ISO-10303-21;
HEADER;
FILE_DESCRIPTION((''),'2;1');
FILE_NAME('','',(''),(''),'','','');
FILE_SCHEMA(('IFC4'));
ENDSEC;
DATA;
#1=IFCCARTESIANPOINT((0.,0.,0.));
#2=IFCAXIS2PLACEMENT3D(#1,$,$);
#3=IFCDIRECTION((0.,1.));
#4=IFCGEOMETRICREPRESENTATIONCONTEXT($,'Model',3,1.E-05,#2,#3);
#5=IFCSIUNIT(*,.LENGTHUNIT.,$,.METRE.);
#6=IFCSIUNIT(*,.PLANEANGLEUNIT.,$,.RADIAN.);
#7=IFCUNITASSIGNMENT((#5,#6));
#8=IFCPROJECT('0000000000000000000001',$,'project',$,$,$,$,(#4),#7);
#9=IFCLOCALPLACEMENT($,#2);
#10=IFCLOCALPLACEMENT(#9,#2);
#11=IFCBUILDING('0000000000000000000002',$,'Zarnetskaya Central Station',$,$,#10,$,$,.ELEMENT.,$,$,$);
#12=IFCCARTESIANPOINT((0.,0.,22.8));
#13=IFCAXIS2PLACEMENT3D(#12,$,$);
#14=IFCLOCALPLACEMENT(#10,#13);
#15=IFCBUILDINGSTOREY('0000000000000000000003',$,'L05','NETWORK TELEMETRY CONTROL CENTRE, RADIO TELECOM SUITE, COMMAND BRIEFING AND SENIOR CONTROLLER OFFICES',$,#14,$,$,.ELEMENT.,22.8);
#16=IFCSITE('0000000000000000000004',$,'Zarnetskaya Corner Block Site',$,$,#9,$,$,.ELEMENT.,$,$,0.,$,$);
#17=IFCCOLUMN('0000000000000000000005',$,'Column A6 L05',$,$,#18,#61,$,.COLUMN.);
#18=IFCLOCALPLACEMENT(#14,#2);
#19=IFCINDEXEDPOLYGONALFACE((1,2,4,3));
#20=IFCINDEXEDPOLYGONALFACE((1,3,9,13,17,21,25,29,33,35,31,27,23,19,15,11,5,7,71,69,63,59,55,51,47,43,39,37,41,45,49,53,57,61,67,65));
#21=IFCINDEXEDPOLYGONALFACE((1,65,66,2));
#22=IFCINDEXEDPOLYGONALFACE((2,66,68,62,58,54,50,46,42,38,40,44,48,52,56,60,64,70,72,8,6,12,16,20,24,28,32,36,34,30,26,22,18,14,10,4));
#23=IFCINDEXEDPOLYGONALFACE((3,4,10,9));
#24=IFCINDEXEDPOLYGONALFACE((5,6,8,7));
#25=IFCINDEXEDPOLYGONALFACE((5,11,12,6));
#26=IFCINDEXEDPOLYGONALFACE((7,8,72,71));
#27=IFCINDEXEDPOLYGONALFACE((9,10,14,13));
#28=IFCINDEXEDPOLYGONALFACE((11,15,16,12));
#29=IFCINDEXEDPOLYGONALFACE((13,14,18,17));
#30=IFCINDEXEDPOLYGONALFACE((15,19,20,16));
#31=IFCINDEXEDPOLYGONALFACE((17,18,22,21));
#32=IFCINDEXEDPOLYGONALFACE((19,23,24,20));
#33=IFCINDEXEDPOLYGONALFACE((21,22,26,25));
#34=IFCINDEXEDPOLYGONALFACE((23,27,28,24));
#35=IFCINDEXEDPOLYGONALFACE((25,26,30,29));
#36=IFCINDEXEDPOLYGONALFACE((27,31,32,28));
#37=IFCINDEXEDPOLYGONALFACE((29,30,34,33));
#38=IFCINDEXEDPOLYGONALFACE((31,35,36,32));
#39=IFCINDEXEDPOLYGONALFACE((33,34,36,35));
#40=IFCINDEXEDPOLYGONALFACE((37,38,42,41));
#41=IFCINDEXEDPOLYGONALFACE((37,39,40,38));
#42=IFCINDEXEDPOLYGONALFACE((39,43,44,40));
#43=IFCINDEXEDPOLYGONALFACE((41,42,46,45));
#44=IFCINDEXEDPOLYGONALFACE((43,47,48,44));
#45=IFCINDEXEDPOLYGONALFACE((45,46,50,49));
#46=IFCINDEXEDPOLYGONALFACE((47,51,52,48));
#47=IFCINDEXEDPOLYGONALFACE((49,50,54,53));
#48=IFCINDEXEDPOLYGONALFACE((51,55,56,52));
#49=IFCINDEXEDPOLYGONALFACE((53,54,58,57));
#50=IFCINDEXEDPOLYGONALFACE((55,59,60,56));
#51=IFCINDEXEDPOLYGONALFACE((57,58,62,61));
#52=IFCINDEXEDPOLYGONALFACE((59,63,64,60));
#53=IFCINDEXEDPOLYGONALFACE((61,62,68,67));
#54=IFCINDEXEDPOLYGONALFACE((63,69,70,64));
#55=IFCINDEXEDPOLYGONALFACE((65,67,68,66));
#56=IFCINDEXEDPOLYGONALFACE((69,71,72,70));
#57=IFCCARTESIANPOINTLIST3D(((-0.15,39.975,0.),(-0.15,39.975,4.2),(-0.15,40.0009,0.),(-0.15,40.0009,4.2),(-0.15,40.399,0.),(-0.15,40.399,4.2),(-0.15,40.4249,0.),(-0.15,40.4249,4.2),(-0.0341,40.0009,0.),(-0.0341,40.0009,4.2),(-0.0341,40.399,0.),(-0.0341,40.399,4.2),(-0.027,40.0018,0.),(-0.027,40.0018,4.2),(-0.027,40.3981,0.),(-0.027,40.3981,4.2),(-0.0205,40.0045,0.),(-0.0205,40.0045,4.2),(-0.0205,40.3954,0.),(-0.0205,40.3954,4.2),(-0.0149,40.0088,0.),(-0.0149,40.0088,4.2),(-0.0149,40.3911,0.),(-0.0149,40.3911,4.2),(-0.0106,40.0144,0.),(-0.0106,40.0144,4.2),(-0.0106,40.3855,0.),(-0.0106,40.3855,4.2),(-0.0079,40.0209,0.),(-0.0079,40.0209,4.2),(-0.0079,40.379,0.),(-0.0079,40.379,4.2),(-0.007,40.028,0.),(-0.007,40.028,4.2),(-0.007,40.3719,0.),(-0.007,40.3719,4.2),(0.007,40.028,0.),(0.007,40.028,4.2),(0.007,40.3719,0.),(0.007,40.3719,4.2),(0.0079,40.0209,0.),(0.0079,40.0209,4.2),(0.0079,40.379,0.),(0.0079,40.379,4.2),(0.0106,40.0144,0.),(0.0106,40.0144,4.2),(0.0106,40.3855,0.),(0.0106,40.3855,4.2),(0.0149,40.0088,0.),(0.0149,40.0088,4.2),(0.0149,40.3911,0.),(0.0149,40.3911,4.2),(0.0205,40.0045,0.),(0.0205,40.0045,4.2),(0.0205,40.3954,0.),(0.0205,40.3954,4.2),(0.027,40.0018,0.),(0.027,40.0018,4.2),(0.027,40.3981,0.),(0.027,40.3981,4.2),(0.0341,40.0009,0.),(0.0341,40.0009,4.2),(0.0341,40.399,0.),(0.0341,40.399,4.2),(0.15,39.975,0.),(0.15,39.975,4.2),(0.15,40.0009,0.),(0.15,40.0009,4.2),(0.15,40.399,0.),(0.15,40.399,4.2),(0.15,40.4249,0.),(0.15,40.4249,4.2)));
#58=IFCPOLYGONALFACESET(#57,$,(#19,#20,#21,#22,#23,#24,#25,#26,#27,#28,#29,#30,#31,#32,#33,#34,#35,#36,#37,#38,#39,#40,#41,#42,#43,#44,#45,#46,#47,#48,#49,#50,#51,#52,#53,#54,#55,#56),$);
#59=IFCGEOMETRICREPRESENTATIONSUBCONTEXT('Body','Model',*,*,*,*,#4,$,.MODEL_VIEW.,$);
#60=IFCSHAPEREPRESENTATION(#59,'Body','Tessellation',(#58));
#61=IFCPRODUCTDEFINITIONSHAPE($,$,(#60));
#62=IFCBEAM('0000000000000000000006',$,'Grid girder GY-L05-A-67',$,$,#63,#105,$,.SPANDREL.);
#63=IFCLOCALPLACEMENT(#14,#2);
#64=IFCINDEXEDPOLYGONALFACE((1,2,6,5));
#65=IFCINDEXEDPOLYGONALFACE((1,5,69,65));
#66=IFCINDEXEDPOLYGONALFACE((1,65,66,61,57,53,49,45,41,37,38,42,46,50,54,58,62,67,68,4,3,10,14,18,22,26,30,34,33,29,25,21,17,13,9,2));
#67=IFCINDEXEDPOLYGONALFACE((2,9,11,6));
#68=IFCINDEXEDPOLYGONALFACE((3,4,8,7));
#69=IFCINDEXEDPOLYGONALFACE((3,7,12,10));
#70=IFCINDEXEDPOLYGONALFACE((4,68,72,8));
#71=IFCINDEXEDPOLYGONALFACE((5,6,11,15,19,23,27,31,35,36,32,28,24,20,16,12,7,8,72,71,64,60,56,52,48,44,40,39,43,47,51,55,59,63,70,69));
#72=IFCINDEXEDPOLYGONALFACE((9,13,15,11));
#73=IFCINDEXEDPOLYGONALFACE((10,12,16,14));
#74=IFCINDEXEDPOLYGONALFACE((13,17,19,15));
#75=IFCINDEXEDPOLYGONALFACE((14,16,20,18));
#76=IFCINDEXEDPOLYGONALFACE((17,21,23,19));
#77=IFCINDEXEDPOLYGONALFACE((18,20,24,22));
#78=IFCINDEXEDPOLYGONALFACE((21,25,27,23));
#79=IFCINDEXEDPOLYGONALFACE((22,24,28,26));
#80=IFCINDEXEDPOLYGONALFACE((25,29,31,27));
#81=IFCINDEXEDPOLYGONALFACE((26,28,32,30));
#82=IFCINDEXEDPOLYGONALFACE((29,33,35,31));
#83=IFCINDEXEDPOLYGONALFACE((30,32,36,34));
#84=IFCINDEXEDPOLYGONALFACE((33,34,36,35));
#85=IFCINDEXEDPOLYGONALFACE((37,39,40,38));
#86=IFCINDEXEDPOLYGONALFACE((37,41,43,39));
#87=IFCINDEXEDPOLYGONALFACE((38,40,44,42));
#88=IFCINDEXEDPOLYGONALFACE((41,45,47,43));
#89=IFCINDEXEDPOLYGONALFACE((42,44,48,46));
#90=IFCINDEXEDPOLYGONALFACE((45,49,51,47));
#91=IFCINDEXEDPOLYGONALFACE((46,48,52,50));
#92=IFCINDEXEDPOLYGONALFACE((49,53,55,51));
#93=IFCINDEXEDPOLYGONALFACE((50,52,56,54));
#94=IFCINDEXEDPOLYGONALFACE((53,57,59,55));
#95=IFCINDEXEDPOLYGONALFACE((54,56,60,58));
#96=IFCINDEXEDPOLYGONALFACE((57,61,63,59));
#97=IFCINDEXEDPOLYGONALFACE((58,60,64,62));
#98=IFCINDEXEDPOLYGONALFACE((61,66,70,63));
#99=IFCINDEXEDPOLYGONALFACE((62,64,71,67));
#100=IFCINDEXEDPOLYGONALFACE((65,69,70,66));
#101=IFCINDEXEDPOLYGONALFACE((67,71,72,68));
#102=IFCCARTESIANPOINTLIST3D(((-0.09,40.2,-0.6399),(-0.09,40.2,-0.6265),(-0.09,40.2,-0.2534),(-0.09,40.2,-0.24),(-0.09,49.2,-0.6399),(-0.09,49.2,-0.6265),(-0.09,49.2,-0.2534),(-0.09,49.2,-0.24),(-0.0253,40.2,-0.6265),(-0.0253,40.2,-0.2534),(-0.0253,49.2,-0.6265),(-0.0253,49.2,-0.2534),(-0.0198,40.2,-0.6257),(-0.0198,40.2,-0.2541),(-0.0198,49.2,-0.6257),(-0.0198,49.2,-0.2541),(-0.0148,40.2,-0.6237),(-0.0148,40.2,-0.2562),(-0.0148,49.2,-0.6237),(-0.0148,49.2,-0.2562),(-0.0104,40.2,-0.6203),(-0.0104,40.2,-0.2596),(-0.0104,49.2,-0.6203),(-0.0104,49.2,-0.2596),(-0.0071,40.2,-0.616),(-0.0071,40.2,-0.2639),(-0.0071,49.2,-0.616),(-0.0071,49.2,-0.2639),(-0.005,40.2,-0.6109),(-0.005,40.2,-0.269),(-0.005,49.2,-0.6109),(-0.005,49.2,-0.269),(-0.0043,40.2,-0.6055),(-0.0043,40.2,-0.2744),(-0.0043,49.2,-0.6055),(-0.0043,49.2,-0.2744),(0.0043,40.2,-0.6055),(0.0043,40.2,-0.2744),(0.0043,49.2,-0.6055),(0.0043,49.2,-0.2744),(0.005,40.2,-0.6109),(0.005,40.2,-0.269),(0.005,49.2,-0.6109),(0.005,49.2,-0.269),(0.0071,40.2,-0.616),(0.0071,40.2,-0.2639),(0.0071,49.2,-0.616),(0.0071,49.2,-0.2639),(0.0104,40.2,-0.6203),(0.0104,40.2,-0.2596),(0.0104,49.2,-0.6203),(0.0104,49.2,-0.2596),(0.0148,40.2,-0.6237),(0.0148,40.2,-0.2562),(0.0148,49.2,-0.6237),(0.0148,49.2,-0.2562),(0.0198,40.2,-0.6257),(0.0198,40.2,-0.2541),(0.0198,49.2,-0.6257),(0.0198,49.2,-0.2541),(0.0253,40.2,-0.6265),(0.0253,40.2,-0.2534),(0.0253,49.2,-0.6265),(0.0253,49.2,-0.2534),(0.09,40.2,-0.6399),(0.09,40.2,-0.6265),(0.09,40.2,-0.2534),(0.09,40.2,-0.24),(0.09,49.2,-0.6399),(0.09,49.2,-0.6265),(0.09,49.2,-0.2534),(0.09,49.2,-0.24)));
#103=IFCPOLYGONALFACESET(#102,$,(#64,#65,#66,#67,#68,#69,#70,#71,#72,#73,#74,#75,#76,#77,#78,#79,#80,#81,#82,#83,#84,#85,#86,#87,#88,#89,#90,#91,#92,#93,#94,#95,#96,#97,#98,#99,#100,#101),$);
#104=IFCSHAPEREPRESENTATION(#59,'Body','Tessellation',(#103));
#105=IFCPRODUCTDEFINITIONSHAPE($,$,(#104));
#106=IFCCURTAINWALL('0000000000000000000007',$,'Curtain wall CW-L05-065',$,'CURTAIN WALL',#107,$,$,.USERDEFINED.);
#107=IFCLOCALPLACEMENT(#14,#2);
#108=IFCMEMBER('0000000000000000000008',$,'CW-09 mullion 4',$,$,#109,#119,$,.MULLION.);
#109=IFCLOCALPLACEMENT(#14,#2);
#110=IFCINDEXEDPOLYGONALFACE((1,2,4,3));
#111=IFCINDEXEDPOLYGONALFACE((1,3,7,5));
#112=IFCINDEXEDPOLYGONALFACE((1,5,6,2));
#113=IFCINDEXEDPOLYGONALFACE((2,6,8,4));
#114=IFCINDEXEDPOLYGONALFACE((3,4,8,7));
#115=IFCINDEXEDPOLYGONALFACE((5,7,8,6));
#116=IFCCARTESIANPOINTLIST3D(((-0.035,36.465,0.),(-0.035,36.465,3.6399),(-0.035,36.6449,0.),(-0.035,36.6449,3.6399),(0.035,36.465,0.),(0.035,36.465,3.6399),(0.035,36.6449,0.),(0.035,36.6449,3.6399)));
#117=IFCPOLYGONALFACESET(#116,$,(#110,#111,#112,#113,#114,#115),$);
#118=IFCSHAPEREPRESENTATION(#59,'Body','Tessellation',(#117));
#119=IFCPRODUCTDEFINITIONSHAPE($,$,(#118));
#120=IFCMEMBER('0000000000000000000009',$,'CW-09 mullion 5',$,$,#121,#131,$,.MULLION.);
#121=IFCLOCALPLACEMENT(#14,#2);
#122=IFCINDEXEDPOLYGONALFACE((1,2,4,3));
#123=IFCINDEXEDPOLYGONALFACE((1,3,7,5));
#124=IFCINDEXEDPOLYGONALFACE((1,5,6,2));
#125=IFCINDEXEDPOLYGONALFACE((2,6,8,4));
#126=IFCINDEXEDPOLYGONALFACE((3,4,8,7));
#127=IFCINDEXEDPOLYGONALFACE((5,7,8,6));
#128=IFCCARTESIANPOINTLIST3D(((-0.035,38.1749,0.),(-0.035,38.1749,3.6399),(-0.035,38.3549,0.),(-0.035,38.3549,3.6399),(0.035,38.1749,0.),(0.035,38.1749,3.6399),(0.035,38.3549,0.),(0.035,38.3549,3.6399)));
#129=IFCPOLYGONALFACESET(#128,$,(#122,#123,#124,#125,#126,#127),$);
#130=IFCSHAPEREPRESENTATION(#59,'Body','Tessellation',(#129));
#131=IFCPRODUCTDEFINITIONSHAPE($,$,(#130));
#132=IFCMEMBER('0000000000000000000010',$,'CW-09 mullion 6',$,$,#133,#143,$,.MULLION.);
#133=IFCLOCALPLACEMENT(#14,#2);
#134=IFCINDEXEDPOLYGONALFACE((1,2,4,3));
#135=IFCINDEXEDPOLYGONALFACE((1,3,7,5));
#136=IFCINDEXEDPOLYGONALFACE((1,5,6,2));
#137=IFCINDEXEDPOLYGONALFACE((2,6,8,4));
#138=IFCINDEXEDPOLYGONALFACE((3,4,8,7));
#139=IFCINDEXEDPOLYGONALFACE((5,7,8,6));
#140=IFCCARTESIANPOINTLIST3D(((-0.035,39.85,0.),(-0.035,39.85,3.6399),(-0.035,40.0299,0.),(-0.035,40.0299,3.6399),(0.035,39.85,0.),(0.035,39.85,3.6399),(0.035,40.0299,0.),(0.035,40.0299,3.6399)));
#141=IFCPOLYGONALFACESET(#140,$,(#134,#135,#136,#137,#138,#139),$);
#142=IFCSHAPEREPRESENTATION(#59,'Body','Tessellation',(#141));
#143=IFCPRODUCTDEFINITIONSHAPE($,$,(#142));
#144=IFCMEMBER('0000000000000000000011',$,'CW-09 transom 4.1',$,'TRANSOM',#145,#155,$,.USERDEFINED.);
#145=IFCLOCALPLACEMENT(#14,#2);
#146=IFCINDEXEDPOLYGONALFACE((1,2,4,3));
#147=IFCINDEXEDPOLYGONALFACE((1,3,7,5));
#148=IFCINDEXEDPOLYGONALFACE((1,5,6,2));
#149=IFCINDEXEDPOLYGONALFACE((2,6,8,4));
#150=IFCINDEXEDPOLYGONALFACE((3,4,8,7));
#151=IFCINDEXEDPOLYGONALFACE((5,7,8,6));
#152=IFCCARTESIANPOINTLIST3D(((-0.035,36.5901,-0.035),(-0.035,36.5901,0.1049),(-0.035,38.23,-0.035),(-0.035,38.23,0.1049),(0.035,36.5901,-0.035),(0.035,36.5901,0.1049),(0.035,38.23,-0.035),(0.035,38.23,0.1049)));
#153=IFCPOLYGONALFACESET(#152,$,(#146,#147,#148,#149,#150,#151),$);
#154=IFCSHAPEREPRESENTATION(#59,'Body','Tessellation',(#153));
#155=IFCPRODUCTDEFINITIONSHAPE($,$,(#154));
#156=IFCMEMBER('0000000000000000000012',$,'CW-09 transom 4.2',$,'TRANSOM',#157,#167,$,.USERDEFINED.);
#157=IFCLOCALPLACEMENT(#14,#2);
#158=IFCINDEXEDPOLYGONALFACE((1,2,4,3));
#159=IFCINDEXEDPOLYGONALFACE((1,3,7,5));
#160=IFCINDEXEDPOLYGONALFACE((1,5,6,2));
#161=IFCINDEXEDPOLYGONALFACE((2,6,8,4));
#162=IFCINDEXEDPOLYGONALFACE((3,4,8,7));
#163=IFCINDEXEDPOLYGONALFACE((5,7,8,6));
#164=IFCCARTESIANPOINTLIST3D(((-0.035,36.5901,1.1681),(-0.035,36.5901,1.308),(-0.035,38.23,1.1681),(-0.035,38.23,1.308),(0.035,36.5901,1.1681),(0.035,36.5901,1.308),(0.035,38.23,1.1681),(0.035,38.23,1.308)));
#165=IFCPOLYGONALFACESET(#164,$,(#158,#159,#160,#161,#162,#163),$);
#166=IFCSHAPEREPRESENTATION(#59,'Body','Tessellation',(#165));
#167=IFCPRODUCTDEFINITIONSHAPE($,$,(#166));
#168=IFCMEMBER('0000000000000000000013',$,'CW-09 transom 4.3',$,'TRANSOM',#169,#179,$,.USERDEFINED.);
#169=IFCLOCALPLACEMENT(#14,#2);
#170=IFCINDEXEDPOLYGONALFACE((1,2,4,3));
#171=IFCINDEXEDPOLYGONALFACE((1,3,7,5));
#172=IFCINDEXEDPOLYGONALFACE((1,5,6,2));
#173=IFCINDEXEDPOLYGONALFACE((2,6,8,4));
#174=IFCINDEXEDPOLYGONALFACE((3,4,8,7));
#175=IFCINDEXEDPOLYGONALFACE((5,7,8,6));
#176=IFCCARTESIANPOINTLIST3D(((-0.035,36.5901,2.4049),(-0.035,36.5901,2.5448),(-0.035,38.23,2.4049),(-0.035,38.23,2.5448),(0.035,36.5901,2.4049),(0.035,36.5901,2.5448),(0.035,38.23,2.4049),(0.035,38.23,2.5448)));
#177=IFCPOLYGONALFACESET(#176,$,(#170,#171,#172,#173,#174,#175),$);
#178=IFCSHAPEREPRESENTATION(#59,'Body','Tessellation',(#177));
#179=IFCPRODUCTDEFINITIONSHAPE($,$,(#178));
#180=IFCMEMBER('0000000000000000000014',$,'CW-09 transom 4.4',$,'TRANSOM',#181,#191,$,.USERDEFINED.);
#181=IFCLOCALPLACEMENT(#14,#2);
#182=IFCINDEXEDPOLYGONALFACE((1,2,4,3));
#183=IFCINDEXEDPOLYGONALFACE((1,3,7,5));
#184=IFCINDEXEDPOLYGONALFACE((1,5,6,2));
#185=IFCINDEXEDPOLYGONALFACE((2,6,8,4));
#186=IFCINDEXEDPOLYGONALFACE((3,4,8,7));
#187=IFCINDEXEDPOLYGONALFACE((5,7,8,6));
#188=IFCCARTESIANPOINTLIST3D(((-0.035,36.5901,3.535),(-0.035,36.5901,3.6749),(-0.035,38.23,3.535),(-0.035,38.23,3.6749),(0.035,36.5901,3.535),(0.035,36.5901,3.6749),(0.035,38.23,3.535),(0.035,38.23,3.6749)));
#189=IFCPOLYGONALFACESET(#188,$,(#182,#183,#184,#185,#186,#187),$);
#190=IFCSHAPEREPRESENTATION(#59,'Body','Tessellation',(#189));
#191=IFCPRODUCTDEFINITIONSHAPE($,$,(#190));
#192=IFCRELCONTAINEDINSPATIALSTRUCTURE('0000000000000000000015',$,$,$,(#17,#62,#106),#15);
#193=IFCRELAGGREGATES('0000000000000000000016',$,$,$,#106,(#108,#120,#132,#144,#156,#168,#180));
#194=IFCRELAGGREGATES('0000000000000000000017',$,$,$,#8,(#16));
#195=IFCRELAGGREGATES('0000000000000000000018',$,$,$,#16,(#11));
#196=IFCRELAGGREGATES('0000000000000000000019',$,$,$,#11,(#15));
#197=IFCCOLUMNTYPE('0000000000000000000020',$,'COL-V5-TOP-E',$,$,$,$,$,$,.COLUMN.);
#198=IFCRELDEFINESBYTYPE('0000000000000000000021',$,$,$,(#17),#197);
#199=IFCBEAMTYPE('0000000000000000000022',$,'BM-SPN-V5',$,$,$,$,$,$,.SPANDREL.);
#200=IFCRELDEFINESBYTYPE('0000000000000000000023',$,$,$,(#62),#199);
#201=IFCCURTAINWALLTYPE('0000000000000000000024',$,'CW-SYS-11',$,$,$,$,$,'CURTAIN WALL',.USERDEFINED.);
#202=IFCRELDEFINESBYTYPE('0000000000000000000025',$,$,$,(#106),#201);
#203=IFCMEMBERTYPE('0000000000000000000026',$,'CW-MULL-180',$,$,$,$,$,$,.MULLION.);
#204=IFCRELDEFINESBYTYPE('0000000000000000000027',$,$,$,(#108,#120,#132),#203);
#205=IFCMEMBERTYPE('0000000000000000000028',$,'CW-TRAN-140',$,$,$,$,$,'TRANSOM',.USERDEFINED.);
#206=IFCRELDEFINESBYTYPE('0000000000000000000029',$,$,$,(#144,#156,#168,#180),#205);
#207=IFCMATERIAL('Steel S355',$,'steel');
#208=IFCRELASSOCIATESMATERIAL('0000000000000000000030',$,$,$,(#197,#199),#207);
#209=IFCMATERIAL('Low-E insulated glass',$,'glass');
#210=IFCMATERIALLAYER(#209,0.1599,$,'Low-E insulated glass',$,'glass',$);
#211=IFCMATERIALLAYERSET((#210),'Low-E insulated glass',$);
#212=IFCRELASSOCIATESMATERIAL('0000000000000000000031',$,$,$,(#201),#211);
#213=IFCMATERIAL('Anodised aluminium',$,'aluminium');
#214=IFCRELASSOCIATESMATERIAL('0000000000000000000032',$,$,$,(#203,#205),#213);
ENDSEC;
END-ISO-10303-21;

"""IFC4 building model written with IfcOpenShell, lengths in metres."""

from ifc_helpers import new_model, si_unit, direction, frame, origin, origin_2d, place, context, subcontext, project, spatial, rectangle, i_section, extrude, material, layer, layer_set, material_profile, profile_set, type_object, element, aggregate, save


model = new_model("IFC4")

# Units and contexts
model_context = context("Model", 3, precision=1e-05, world=origin(), true_north=direction((0.0, 1.0)))
body_context = subcontext(model_context, "Body", "Model", "MODEL_VIEW")
ifc_project = project(units=[si_unit("LENGTHUNIT", "METRE"), si_unit("PLANEANGLEUNIT", "RADIAN")], contexts=[model_context])

# Site, building, storey
site_placement = place(None, origin())
site = spatial("IfcSite", under=ifc_project, at=site_placement, Name="Zarnetskaya Corner Block Site", CompositionType="ELEMENT", RefElevation=0.0)
building_placement = place(site_placement, origin())
building = spatial("IfcBuilding", under=site, at=building_placement, Name="Zarnetskaya Central Station", CompositionType="ELEMENT")
storey_placement = place(building_placement, frame((0.0, 0.0, 22.8)))
storey = spatial("IfcBuildingStorey", under=building, at=storey_placement, Name="L05", Description="NETWORK TELEMETRY CONTROL CENTRE, RADIO TELECOM SUITE, COMMAND BRIEFING AND SENIOR CONTROLLER OFFICES", CompositionType="ELEMENT", Elevation=22.8)

# Column
ifc_material_1 = material(Name="Steel S355", Category="steel")
ifc_material_profile_1 = material_profile(ifc_material_1, i_section(OverallWidth=0.3, OverallDepth=0.45, WebThickness=0.0139, FlangeThickness=0.0259, FilletRadius=0.0271, at=origin_2d()), Name="HEB 450")
ifc_profile_set_1 = profile_set([ifc_material_profile_1], Name="Steel S355")
column_type = type_object("IfcColumnType", Name="COL-V5-TOP-E", PredefinedType="COLUMN", material=ifc_profile_set_1)
column_placement = place(storey_placement, frame((0.0, 40.2, 0.0), z_axis=(0.0, 0.0, 1.0), x_axis=(1.0, 0.0, 0.0)))
element("IfcColumn", 1, at=column_placement, inside=storey, type_object=column_type, Name="Column A6 L05", PredefinedType="COLUMN", context=body_context, shape_type="SweptSolid", body=[
    extrude(i_section(OverallWidth=0.3, OverallDepth=0.45, WebThickness=0.0139, FlangeThickness=0.0259, FilletRadius=0.0271, at=origin_2d()), origin(), (0.0, 0.0, 1.0), 4.2),
])

# Beam
ifc_material_profile_2 = material_profile(ifc_material_1, i_section(OverallWidth=0.1799, OverallDepth=0.3999, WebThickness=0.0085, FlangeThickness=0.0134, FilletRadius=0.021, at=origin_2d()), Name="IPE 400")
ifc_profile_set_2 = profile_set([ifc_material_profile_2], Name="Steel S355")
beam_type_1 = type_object("IfcBeamType", Name="BM-SPN-V5", PredefinedType="SPANDREL", material=ifc_profile_set_2)
beam_1_placement = place(storey_placement, frame((0.0, 40.2, -0.4399), z_axis=(0.0, 1.0, 0.0), x_axis=(-1.0, 0.0, 0.0)))
element("IfcBeam", 2, at=beam_1_placement, inside=storey, type_object=beam_type_1, Name="Grid girder GY-L05-A-67", PredefinedType="SPANDREL", context=body_context, shape_type="SweptSolid", body=[
    extrude(i_section(OverallWidth=0.1799, OverallDepth=0.3999, WebThickness=0.0085, FlangeThickness=0.0134, FilletRadius=0.021, at=origin_2d()), origin(), (0.0, 0.0, 1.0), 9.0),
])

# Curtain wall, members
ifc_material_2 = material(Name="Low-E insulated glass", Category="glass")
ifc_layer_1 = layer(ifc_material_2, 0.1599, Name="Low-E insulated glass", Category="glass")
ifc_layer_set_1 = layer_set([ifc_layer_1], Name="Low-E insulated glass")
curtain_wall_type = type_object("IfcCurtainWallType", Name="CW-SYS-11", ElementType="CURTAIN WALL", PredefinedType="USERDEFINED", material=ifc_layer_set_1)
curtain_wall_placement = place(storey_placement, origin())
curtain_wall = element("IfcCurtainWall", 3, at=curtain_wall_placement, inside=storey, type_object=curtain_wall_type, Name="Curtain wall CW-L05-065", ObjectType="CURTAIN WALL", PredefinedType="USERDEFINED")
ifc_material_3 = material(Name="Anodised aluminium", Category="aluminium")
ifc_material_profile_3 = material_profile(ifc_material_3, rectangle(XDim=0.0701, YDim=0.1799, at=origin_2d()), Name="ALU MULL 70x180")
ifc_profile_set_3 = profile_set([ifc_material_profile_3], Name="Anodised aluminium")
member_type_1 = type_object("IfcMemberType", Name="CW-MULL-180", PredefinedType="MULLION", material=ifc_profile_set_3)
member_1_placement = place(storey_placement, frame((0.0, 36.5549, 0.0), z_axis=(0.0, 0.0, 1.0), x_axis=(-1.0, 0.0, 0.0)))
member_1 = element("IfcMember", 4, at=member_1_placement, type_object=member_type_1, Name="CW-09 mullion 4", PredefinedType="MULLION", context=body_context, shape_type="SweptSolid", body=[
    extrude(rectangle(XDim=0.0701, YDim=0.1799, at=origin_2d()), origin(), (0.0, 0.0, 1.0), 3.6399),
])
member_2_placement = place(storey_placement, frame((0.0, 38.2649, 0.0), z_axis=(0.0, 0.0, 1.0), x_axis=(-1.0, 0.0, 0.0)))
member_2 = element("IfcMember", 5, at=member_2_placement, type_object=member_type_1, Name="CW-09 mullion 5", PredefinedType="MULLION", context=body_context, shape_type="SweptSolid", body=[
    extrude(rectangle(XDim=0.0701, YDim=0.1799, at=origin_2d()), origin(), (0.0, 0.0, 1.0), 3.6399),
])
member_3_placement = place(storey_placement, frame((0.0, 39.9399, 0.0), z_axis=(0.0, 0.0, 1.0), x_axis=(-1.0, 0.0, 0.0)))
member_3 = element("IfcMember", 6, at=member_3_placement, type_object=member_type_1, Name="CW-09 mullion 6", PredefinedType="MULLION", context=body_context, shape_type="SweptSolid", body=[
    extrude(rectangle(XDim=0.0701, YDim=0.1799, at=origin_2d()), origin(), (0.0, 0.0, 1.0), 3.6399),
])
ifc_material_profile_4 = material_profile(ifc_material_3, rectangle(XDim=0.0701, YDim=0.1399, at=origin_2d()), Name="ALU TRAN 70x140")
ifc_profile_set_4 = profile_set([ifc_material_profile_4], Name="Anodised aluminium")
member_type_2 = type_object("IfcMemberType", Name="CW-TRAN-140", ElementType="TRANSOM", PredefinedType="USERDEFINED", material=ifc_profile_set_4)
member_4_placement = place(storey_placement, frame((0.0, 36.5901, 0.0349), z_axis=(0.0, 1.0, 0.0), x_axis=(-1.0, 0.0, 0.0)))
member_4 = element("IfcMember", 7, at=member_4_placement, type_object=member_type_2, Name="CW-09 transom 4.1", ObjectType="TRANSOM", PredefinedType="USERDEFINED", context=body_context, shape_type="SweptSolid", body=[
    extrude(rectangle(XDim=0.0701, YDim=0.1399, at=origin_2d()), origin(), (0.0, 0.0, 1.0), 1.6399),
])
member_5_placement = place(storey_placement, frame((0.0, 36.5901, 1.238), z_axis=(0.0, 1.0, 0.0), x_axis=(-1.0, 0.0, 0.0)))
member_5 = element("IfcMember", 8, at=member_5_placement, type_object=member_type_2, Name="CW-09 transom 4.2", ObjectType="TRANSOM", PredefinedType="USERDEFINED", context=body_context, shape_type="SweptSolid", body=[
    extrude(rectangle(XDim=0.0701, YDim=0.1399, at=origin_2d()), origin(), (0.0, 0.0, 1.0), 1.6399),
])
member_6_placement = place(storey_placement, frame((0.0, 36.5901, 2.4749), z_axis=(0.0, 1.0, 0.0), x_axis=(-1.0, 0.0, 0.0)))
member_6 = element("IfcMember", 9, at=member_6_placement, type_object=member_type_2, Name="CW-09 transom 4.3", ObjectType="TRANSOM", PredefinedType="USERDEFINED", context=body_context, shape_type="SweptSolid", body=[
    extrude(rectangle(XDim=0.0701, YDim=0.1399, at=origin_2d()), origin(), (0.0, 0.0, 1.0), 1.6399),
])
member_7_placement = place(storey_placement, frame((0.0, 36.5901, 3.605), z_axis=(0.0, 1.0, 0.0), x_axis=(-1.0, 0.0, 0.0)))
member_7 = element("IfcMember", 10, at=member_7_placement, type_object=member_type_2, Name="CW-09 transom 4.4", ObjectType="TRANSOM", PredefinedType="USERDEFINED", context=body_context, shape_type="SweptSolid", body=[
    extrude(rectangle(XDim=0.0701, YDim=0.1399, at=origin_2d()), origin(), (0.0, 0.0, 1.0), 1.6399),
])

aggregate(curtain_wall, [member_1, member_2, member_3, member_4, member_5, member_6, member_7])

save(model, "model.ifc")
